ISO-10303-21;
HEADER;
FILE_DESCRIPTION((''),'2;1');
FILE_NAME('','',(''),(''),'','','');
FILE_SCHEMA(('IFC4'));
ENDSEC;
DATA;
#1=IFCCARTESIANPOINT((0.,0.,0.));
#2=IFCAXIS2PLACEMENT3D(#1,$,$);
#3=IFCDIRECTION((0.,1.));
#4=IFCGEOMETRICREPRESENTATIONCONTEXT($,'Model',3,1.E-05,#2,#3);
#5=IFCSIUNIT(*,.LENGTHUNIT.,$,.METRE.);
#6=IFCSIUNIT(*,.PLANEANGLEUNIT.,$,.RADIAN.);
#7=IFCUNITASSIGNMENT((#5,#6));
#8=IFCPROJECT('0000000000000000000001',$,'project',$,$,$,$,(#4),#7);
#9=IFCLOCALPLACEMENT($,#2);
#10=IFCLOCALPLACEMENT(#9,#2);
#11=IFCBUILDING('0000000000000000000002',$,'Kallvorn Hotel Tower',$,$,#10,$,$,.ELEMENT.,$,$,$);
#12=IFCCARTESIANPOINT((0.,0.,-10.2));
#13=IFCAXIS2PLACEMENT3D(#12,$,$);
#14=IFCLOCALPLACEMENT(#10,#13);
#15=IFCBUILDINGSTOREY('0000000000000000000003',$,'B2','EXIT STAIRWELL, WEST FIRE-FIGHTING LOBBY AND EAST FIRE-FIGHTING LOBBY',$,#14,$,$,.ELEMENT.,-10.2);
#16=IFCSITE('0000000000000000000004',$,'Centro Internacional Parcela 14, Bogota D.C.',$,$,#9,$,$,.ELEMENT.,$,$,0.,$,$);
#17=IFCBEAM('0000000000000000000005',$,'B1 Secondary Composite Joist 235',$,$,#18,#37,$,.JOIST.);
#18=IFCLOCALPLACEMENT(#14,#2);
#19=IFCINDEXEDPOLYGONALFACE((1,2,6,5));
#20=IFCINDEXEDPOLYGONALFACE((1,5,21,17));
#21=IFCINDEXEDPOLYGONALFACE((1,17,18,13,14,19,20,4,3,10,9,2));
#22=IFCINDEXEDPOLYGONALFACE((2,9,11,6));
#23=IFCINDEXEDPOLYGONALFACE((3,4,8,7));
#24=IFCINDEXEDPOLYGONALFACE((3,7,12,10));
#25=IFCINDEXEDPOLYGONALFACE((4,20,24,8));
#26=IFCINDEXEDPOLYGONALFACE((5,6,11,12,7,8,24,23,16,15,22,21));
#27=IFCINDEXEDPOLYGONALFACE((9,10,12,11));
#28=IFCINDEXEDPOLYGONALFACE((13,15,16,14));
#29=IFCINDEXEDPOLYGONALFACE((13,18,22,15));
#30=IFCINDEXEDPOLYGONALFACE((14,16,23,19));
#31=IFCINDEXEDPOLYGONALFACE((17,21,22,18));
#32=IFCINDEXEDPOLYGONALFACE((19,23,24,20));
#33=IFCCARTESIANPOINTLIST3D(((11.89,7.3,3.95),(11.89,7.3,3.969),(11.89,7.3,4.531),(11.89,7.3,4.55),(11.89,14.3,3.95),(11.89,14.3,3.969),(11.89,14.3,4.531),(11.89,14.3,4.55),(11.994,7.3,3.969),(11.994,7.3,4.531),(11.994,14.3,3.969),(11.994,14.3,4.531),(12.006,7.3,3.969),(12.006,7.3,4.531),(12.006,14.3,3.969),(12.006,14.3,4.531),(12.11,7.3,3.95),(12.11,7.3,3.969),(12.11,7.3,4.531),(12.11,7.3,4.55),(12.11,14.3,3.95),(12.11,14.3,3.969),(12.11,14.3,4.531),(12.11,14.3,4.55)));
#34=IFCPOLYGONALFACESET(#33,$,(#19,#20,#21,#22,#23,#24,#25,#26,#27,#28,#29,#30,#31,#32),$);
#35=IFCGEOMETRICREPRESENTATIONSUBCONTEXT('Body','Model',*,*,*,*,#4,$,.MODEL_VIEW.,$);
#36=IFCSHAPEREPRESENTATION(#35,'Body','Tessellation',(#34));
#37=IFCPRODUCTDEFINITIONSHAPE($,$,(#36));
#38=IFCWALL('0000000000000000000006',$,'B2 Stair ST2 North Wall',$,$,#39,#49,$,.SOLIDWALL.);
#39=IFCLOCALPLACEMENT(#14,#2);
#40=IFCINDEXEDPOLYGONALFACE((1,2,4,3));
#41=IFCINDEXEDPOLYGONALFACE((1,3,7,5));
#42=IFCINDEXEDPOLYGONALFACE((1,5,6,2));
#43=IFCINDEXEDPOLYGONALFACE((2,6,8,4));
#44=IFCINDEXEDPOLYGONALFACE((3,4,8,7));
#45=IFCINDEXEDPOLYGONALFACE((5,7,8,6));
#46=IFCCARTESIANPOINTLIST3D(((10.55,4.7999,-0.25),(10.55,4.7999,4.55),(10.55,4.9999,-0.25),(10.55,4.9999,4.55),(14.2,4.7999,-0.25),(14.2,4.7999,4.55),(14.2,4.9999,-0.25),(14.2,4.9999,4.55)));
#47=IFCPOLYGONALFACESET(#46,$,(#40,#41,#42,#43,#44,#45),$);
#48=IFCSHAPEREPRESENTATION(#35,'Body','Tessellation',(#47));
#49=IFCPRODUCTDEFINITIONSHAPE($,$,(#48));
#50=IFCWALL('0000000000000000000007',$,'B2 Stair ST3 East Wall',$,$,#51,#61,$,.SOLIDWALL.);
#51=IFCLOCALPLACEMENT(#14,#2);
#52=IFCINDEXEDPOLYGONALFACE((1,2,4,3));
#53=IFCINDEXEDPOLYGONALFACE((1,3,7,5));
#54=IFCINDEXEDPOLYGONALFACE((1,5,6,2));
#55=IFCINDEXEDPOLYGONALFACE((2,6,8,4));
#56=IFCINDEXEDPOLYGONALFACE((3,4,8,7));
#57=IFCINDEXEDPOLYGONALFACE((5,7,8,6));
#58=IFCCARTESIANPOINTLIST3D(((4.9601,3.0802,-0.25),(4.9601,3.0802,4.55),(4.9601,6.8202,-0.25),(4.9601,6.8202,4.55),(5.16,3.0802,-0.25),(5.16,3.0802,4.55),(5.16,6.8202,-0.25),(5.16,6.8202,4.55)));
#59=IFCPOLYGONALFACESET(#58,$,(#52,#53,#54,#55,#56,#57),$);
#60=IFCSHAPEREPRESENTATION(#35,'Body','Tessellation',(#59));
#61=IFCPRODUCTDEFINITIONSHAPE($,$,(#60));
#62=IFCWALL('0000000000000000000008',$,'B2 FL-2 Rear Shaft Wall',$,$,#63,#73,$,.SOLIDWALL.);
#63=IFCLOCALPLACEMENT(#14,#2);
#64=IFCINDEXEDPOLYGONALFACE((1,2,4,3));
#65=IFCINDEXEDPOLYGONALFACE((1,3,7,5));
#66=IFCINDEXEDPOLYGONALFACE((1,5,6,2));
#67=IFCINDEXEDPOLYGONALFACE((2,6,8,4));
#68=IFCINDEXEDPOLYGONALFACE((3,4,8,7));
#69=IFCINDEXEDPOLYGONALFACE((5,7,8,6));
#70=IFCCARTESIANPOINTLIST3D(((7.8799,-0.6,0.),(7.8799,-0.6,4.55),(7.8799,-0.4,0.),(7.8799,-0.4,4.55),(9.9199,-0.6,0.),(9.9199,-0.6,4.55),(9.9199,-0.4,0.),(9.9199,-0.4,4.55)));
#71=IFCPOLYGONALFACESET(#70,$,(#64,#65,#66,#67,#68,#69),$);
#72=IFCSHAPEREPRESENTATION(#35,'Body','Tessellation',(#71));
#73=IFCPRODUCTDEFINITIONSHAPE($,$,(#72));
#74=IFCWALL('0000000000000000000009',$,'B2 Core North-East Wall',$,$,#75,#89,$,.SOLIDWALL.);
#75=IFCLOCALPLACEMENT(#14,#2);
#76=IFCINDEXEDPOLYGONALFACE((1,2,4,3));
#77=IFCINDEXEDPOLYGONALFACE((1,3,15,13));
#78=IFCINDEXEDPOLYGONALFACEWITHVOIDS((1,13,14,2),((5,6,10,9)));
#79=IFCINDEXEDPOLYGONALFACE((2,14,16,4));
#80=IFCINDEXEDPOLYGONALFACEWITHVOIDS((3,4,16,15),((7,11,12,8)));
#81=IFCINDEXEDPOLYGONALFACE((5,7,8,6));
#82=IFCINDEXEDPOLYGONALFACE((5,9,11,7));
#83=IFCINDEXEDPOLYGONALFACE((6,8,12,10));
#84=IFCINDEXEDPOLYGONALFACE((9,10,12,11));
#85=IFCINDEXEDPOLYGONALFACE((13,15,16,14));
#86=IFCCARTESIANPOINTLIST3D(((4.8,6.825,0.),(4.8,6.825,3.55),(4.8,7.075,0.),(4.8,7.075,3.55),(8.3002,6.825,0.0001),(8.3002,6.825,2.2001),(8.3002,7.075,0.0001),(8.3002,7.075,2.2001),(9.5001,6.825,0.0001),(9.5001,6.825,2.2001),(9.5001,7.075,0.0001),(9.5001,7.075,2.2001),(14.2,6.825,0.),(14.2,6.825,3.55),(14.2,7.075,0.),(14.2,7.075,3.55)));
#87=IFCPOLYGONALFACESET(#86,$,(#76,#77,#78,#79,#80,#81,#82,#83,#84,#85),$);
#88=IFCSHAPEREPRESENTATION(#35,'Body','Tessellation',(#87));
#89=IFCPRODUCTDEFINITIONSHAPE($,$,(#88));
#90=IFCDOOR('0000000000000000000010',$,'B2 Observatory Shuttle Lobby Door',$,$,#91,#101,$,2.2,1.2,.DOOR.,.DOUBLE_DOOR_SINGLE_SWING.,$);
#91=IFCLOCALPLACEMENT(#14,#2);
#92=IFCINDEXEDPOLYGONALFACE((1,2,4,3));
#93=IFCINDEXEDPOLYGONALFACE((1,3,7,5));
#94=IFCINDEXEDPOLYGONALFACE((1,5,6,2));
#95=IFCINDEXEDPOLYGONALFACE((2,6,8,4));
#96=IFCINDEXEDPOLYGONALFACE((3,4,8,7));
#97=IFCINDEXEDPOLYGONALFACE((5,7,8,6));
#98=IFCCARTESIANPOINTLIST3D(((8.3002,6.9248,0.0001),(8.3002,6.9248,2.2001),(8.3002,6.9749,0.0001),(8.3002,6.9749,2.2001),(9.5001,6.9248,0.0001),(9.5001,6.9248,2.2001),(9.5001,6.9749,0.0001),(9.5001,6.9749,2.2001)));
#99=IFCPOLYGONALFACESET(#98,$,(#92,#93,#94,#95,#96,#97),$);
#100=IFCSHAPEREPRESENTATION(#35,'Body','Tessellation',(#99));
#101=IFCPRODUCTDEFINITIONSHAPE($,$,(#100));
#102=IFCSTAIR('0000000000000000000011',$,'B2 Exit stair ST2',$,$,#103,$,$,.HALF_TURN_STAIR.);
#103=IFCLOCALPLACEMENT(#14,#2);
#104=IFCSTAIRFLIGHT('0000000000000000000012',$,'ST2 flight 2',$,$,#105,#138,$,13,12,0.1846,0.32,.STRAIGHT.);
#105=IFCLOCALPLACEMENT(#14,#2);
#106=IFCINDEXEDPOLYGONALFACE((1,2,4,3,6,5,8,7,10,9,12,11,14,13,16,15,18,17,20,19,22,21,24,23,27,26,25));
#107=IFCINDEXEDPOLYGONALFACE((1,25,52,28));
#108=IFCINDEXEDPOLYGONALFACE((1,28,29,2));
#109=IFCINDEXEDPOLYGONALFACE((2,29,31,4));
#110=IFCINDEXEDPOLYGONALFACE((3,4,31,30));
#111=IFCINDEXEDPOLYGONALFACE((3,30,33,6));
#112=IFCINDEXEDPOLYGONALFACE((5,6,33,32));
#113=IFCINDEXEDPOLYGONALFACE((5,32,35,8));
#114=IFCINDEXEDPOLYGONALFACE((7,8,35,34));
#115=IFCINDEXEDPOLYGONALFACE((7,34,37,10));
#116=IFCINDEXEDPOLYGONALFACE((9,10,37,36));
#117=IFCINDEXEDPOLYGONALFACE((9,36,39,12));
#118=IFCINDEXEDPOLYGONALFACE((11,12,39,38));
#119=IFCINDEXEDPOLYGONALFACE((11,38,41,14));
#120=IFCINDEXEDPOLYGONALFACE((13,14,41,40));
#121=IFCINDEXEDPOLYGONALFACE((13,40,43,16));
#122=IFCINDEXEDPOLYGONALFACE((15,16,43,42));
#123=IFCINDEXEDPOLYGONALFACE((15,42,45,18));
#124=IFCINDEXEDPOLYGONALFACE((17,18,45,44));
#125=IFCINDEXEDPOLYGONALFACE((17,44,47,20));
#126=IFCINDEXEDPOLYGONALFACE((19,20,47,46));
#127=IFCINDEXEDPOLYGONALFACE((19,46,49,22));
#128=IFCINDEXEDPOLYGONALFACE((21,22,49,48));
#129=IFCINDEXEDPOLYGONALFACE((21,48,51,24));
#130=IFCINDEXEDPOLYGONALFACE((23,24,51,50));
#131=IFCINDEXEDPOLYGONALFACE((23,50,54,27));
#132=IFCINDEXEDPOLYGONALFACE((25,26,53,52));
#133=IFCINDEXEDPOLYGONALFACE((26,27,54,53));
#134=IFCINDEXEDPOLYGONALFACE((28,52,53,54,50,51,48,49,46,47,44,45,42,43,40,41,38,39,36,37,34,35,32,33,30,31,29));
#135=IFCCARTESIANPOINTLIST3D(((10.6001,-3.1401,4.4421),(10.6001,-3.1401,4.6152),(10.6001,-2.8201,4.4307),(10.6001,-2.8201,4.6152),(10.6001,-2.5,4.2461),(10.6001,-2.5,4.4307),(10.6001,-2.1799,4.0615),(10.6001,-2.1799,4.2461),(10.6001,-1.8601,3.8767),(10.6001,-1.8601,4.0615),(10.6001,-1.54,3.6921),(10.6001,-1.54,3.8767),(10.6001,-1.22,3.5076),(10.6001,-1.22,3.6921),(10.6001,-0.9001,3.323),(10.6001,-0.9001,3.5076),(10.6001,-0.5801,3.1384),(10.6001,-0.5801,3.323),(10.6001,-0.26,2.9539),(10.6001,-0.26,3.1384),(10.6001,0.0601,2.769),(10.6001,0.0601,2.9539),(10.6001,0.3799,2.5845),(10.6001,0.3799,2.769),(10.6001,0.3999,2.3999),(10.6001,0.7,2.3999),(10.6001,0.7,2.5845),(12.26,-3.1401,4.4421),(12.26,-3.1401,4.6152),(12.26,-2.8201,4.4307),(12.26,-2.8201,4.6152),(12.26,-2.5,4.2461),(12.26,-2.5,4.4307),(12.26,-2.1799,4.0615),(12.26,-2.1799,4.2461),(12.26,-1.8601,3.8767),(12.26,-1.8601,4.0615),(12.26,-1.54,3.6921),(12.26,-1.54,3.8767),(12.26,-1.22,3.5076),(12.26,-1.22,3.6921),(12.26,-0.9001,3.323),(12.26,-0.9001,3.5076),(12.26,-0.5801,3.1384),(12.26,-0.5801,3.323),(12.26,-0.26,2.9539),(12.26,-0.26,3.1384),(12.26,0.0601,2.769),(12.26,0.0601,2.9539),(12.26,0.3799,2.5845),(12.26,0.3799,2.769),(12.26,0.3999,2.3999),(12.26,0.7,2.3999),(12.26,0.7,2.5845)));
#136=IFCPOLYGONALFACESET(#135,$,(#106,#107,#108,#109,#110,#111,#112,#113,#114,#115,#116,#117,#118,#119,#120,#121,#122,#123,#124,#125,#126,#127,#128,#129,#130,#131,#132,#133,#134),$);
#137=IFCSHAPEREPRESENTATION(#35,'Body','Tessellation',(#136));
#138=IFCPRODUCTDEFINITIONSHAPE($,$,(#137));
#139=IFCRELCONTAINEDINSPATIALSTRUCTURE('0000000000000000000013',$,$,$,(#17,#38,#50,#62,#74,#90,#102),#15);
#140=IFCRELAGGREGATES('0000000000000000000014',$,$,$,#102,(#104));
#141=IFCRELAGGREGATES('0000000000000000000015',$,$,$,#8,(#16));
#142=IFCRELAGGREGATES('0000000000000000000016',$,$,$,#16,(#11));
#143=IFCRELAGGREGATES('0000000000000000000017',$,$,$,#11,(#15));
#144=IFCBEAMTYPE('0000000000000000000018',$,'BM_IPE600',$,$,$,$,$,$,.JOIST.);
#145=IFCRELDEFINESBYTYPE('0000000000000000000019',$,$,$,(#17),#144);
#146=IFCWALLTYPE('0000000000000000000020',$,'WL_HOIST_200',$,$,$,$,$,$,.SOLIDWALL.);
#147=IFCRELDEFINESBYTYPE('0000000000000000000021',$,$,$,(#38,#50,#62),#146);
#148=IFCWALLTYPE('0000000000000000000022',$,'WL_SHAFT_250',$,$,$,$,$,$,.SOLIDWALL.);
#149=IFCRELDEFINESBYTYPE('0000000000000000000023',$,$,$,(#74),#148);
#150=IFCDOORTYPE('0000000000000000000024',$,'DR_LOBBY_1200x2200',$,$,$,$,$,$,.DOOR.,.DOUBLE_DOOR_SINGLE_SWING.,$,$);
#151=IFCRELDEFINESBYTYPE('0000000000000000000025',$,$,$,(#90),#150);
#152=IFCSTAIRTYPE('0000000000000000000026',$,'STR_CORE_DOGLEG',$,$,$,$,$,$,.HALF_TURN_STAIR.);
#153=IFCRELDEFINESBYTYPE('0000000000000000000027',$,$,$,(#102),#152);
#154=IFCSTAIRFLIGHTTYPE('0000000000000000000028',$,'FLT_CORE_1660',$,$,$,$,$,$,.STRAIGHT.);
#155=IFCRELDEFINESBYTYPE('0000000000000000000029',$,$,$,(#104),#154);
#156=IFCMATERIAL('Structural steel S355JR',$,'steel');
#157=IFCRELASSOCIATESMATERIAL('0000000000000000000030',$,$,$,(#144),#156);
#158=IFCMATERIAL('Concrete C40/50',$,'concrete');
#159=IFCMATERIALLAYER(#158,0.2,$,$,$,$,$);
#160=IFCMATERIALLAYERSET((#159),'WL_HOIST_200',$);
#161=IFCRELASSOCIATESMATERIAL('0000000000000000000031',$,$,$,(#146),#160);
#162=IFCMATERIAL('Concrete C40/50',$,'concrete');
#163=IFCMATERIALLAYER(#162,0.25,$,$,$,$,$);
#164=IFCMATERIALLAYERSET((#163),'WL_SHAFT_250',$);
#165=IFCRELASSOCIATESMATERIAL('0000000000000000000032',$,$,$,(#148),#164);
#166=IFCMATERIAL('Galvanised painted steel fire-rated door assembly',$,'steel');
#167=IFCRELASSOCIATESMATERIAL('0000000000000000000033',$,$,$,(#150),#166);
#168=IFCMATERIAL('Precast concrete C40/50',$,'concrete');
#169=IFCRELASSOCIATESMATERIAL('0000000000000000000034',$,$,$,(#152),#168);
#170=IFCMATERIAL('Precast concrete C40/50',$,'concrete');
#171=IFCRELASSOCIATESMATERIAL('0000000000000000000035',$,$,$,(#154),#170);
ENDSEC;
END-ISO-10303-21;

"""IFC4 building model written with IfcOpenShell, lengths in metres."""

from ifc_helpers import new_model, si_unit, direction, frame, frame_2d, origin, origin_2d, place, context, subcontext, project, spatial, polyline, rectangle, i_section, outline, extrude, material, layer, layer_set, material_profile, profile_set, type_object, element, fill, aggregate, save


model = new_model("IFC4")

# Units and contexts
model_context = context("Model", 3, precision=1e-05, world=origin(), true_north=direction((0.0, 1.0)))
body_context = subcontext(model_context, "Body", "Model", "MODEL_VIEW")
ifc_project = project(units=[si_unit("LENGTHUNIT", "METRE"), si_unit("PLANEANGLEUNIT", "RADIAN")], contexts=[model_context])

# Site, building, storey
site_placement = place(None, origin())
site = spatial("IfcSite", under=ifc_project, at=site_placement, Name="Centro Internacional Parcela 14, Bogota D.C.", CompositionType="ELEMENT", RefElevation=0.0)
building_placement = place(site_placement, origin())
building = spatial("IfcBuilding", under=site, at=building_placement, Name="Kallvorn Hotel Tower", CompositionType="ELEMENT")
storey_placement = place(building_placement, frame((0.0, 0.0, -10.2)))
storey = spatial("IfcBuildingStorey", under=building, at=storey_placement, Name="B2", Description="EXIT STAIRWELL, WEST FIRE-FIGHTING LOBBY AND EAST FIRE-FIGHTING LOBBY", CompositionType="ELEMENT", Elevation=-10.2)

# Beam
ifc_material_1 = material(Name="Structural steel S355JR", Category="steel")
ifc_material_profile_1 = material_profile(ifc_material_1, i_section(OverallWidth=0.22, OverallDepth=0.6001, WebThickness=0.012, FlangeThickness=0.019, at=origin_2d()), Name="IPE 600")
ifc_profile_set_1 = profile_set([ifc_material_profile_1], Name="Structural steel S355JR")
beam_type_1 = type_object("IfcBeamType", Name="BM_IPE600", PredefinedType="JOIST", material=ifc_profile_set_1)
for number, where, z_axis, x_axis, name in (
    (1, (12.0, 7.3, 4.25), (0.0, 1.0, 0.0), (-1.0, 0.0, 0.0), "B1 Secondary Composite Joist 235"),
):
    element("IfcBeam", number, at=place(storey_placement, frame(where, z_axis=z_axis, x_axis=x_axis)), inside=storey, type_object=beam_type_1, Name=name, PredefinedType="JOIST", context=body_context, shape_type="SweptSolid", body=[
        extrude(i_section(OverallWidth=0.22, OverallDepth=0.6001, WebThickness=0.012, FlangeThickness=0.019, at=origin_2d()), origin(), (0.0, 0.0, 1.0), 7.0),
    ])

# Walls
ifc_material_2 = material(Name="Concrete C40/50", Category="concrete")
ifc_layer_1 = layer(ifc_material_2, 0.2)
ifc_layer_set_1 = layer_set([ifc_layer_1], Name="WL_HOIST_200")
wall_type_1 = type_object("IfcWallType", Name="WL_HOIST_200", PredefinedType="SOLIDWALL", material=ifc_layer_set_1)
wall_1_placement = place(storey_placement, frame((10.55, 4.8999, -0.25), z_axis=(0.0, 0.0, 1.0), x_axis=(1.0, 0.0, 0.0)))
element("IfcWall", 2, at=wall_1_placement, inside=storey, type_object=wall_type_1, Name="B2 Stair ST2 North Wall", PredefinedType="SOLIDWALL", context=body_context, shape_type="SweptSolid", body=[
    extrude(rectangle(XDim=3.6499, YDim=0.2, at=frame_2d((1.825, 0.0))), origin(), (0.0, 0.0, 1.0), 4.8),
])
wall_2_placement = place(storey_placement, frame((5.0601, 3.0801, -0.25), z_axis=(0.0, 0.0, 1.0), x_axis=(0.0, 1.0, 0.0)))
element("IfcWall", 3, at=wall_2_placement, inside=storey, type_object=wall_type_1, Name="B2 Stair ST3 East Wall", PredefinedType="SOLIDWALL", context=body_context, shape_type="SweptSolid", body=[
    extrude(rectangle(XDim=3.74, YDim=0.2, at=frame_2d((1.8701, 0.0))), origin(), (0.0, 0.0, 1.0), 4.8),
])
wall_3_placement = place(storey_placement, frame((7.8799, -0.5, 0.0), z_axis=(0.0, 0.0, 1.0), x_axis=(1.0, 0.0, 0.0)))
element("IfcWall", 4, at=wall_3_placement, inside=storey, type_object=wall_type_1, Name="B2 FL-2 Rear Shaft Wall", PredefinedType="SOLIDWALL", context=body_context, shape_type="SweptSolid", body=[
    extrude(rectangle(XDim=2.04, YDim=0.2, at=frame_2d((1.02, 0.0))), origin(), (0.0, 0.0, 1.0), 4.55),
])

# Wall, opening, door
ifc_material_3 = material(Name="Concrete C40/50", Category="concrete")
ifc_layer_2 = layer(ifc_material_3, 0.25)
ifc_layer_set_2 = layer_set([ifc_layer_2], Name="WL_SHAFT_250")
wall_type_2 = type_object("IfcWallType", Name="WL_SHAFT_250", PredefinedType="SOLIDWALL", material=ifc_layer_set_2)
wall_4_placement = place(storey_placement, frame((4.8, 6.95, 0.0), z_axis=(0.0, 0.0, 1.0), x_axis=(1.0, 0.0, 0.0)))
wall_4 = element("IfcWall", 5, at=wall_4_placement, inside=storey, type_object=wall_type_2, Name="B2 Core North-East Wall", PredefinedType="SOLIDWALL", context=body_context, shape_type="SweptSolid", body=[
    extrude(rectangle(XDim=9.3999, YDim=0.25, at=frame_2d((4.7, 0.0))), origin(), (0.0, 0.0, 1.0), 3.55),
])
opening_placement = place(wall_4_placement, frame((3.5, 0.0, 0.0)))
opening = element("IfcOpeningElement", 6, at=opening_placement, cuts=wall_4, PredefinedType="OPENING", context=body_context, shape_type="SweptSolid", body=[
    extrude(rectangle(XDim=1.2, YDim=2.2, at=frame_2d((0.6001, 1.1001))), frame((0.0, 0.1399, 0.0), z_axis=(0.0, -1.0, 0.0), x_axis=(1.0, 0.0, 0.0)), (0.0, 0.0, 1.0), 0.28),
])
ifc_material_4 = material(Name="Galvanised painted steel fire-rated door assembly", Category="steel")
door_type = type_object("IfcDoorType", Name="DR_LOBBY_1200x2200", OperationType="DOUBLE_DOOR_SINGLE_SWING", PredefinedType="DOOR", material=ifc_material_4)
door_placement = place(opening_placement, origin())
door = element("IfcDoor", 7, at=door_placement, inside=storey, type_object=door_type, Name="B2 Observatory Shuttle Lobby Door", OperationType="DOUBLE_DOOR_SINGLE_SWING", OverallHeight=2.2, OverallWidth=1.2, PredefinedType="DOOR", context=body_context, shape_type="SweptSolid", body=[
    extrude(rectangle(XDim=1.2, YDim=2.2, at=frame_2d((0.6001, 1.1001))), frame((0.0, 0.0249, 0.0), z_axis=(0.0, -1.0, 0.0), x_axis=(1.0, 0.0, 0.0)), (0.0, 0.0, 1.0), 0.05),
])
fill(opening, door)

# Stair, stair flight
ifc_material_5 = material(Name="Precast concrete C40/50", Category="concrete")
stair_type = type_object("IfcStairType", Name="STR_CORE_DOGLEG", PredefinedType="HALF_TURN_STAIR", material=ifc_material_5)
stair_placement = place(storey_placement, origin())
stair = element("IfcStair", 8, at=stair_placement, inside=storey, type_object=stair_type, Name="B2 Exit stair ST2", PredefinedType="HALF_TURN_STAIR")
ifc_material_6 = material(Name="Precast concrete C40/50", Category="concrete")
stair_flight_type = type_object("IfcStairFlightType", Name="FLT_CORE_1660", PredefinedType="STRAIGHT", material=ifc_material_6)
stair_flight_placement = place(storey_placement, frame((11.4299, 0.7, 2.3999), z_axis=(0.0, 0.0, 1.0), x_axis=(0.0, -1.0, 0.0)))
stair_flight = element("IfcStairFlight", 9, at=stair_flight_placement, type_object=stair_flight_type, Name="ST2 flight 2", NumberOfRisers=13, NumberOfTreads=12, PredefinedType="STRAIGHT", RiserHeight=0.1846, TreadLength=0.32, context=body_context, shape_type="SweptSolid", body=[
    extrude(outline(polyline([(0.0, 0.0), (0.0, 0.1846), (0.3201, 0.1846), (0.3201, 0.3691), (0.6399, 0.3691), (0.6399, 0.554), (0.96, 0.554), (0.96, 0.7385), (1.28, 0.7385), (1.28, 0.9231), (1.6001, 0.9231), (1.6001, 1.1077), (1.9199, 1.1077), (1.9199, 1.2922), (2.24, 1.2922), (2.24, 1.4768), (2.5601, 1.4768), (2.5601, 1.6616), (2.8799, 1.6616), (2.8799, 1.8462), (3.2, 1.8462), (3.2, 2.0308), (3.52, 2.0308), (3.52, 2.2153), (3.8401, 2.2153), (3.8401, 2.3999), (3.8401, 2.0422), (0.3, 0.0), (0.0, 0.0)])), frame((0.0, 0.8301, 0.0), z_axis=(0.0, -1.0, 0.0), x_axis=(1.0, 0.0, 0.0)), (0.0, 0.0, 1.0), 1.6599),
])
aggregate(stair, [stair_flight])

save(model, "model.ifc")
